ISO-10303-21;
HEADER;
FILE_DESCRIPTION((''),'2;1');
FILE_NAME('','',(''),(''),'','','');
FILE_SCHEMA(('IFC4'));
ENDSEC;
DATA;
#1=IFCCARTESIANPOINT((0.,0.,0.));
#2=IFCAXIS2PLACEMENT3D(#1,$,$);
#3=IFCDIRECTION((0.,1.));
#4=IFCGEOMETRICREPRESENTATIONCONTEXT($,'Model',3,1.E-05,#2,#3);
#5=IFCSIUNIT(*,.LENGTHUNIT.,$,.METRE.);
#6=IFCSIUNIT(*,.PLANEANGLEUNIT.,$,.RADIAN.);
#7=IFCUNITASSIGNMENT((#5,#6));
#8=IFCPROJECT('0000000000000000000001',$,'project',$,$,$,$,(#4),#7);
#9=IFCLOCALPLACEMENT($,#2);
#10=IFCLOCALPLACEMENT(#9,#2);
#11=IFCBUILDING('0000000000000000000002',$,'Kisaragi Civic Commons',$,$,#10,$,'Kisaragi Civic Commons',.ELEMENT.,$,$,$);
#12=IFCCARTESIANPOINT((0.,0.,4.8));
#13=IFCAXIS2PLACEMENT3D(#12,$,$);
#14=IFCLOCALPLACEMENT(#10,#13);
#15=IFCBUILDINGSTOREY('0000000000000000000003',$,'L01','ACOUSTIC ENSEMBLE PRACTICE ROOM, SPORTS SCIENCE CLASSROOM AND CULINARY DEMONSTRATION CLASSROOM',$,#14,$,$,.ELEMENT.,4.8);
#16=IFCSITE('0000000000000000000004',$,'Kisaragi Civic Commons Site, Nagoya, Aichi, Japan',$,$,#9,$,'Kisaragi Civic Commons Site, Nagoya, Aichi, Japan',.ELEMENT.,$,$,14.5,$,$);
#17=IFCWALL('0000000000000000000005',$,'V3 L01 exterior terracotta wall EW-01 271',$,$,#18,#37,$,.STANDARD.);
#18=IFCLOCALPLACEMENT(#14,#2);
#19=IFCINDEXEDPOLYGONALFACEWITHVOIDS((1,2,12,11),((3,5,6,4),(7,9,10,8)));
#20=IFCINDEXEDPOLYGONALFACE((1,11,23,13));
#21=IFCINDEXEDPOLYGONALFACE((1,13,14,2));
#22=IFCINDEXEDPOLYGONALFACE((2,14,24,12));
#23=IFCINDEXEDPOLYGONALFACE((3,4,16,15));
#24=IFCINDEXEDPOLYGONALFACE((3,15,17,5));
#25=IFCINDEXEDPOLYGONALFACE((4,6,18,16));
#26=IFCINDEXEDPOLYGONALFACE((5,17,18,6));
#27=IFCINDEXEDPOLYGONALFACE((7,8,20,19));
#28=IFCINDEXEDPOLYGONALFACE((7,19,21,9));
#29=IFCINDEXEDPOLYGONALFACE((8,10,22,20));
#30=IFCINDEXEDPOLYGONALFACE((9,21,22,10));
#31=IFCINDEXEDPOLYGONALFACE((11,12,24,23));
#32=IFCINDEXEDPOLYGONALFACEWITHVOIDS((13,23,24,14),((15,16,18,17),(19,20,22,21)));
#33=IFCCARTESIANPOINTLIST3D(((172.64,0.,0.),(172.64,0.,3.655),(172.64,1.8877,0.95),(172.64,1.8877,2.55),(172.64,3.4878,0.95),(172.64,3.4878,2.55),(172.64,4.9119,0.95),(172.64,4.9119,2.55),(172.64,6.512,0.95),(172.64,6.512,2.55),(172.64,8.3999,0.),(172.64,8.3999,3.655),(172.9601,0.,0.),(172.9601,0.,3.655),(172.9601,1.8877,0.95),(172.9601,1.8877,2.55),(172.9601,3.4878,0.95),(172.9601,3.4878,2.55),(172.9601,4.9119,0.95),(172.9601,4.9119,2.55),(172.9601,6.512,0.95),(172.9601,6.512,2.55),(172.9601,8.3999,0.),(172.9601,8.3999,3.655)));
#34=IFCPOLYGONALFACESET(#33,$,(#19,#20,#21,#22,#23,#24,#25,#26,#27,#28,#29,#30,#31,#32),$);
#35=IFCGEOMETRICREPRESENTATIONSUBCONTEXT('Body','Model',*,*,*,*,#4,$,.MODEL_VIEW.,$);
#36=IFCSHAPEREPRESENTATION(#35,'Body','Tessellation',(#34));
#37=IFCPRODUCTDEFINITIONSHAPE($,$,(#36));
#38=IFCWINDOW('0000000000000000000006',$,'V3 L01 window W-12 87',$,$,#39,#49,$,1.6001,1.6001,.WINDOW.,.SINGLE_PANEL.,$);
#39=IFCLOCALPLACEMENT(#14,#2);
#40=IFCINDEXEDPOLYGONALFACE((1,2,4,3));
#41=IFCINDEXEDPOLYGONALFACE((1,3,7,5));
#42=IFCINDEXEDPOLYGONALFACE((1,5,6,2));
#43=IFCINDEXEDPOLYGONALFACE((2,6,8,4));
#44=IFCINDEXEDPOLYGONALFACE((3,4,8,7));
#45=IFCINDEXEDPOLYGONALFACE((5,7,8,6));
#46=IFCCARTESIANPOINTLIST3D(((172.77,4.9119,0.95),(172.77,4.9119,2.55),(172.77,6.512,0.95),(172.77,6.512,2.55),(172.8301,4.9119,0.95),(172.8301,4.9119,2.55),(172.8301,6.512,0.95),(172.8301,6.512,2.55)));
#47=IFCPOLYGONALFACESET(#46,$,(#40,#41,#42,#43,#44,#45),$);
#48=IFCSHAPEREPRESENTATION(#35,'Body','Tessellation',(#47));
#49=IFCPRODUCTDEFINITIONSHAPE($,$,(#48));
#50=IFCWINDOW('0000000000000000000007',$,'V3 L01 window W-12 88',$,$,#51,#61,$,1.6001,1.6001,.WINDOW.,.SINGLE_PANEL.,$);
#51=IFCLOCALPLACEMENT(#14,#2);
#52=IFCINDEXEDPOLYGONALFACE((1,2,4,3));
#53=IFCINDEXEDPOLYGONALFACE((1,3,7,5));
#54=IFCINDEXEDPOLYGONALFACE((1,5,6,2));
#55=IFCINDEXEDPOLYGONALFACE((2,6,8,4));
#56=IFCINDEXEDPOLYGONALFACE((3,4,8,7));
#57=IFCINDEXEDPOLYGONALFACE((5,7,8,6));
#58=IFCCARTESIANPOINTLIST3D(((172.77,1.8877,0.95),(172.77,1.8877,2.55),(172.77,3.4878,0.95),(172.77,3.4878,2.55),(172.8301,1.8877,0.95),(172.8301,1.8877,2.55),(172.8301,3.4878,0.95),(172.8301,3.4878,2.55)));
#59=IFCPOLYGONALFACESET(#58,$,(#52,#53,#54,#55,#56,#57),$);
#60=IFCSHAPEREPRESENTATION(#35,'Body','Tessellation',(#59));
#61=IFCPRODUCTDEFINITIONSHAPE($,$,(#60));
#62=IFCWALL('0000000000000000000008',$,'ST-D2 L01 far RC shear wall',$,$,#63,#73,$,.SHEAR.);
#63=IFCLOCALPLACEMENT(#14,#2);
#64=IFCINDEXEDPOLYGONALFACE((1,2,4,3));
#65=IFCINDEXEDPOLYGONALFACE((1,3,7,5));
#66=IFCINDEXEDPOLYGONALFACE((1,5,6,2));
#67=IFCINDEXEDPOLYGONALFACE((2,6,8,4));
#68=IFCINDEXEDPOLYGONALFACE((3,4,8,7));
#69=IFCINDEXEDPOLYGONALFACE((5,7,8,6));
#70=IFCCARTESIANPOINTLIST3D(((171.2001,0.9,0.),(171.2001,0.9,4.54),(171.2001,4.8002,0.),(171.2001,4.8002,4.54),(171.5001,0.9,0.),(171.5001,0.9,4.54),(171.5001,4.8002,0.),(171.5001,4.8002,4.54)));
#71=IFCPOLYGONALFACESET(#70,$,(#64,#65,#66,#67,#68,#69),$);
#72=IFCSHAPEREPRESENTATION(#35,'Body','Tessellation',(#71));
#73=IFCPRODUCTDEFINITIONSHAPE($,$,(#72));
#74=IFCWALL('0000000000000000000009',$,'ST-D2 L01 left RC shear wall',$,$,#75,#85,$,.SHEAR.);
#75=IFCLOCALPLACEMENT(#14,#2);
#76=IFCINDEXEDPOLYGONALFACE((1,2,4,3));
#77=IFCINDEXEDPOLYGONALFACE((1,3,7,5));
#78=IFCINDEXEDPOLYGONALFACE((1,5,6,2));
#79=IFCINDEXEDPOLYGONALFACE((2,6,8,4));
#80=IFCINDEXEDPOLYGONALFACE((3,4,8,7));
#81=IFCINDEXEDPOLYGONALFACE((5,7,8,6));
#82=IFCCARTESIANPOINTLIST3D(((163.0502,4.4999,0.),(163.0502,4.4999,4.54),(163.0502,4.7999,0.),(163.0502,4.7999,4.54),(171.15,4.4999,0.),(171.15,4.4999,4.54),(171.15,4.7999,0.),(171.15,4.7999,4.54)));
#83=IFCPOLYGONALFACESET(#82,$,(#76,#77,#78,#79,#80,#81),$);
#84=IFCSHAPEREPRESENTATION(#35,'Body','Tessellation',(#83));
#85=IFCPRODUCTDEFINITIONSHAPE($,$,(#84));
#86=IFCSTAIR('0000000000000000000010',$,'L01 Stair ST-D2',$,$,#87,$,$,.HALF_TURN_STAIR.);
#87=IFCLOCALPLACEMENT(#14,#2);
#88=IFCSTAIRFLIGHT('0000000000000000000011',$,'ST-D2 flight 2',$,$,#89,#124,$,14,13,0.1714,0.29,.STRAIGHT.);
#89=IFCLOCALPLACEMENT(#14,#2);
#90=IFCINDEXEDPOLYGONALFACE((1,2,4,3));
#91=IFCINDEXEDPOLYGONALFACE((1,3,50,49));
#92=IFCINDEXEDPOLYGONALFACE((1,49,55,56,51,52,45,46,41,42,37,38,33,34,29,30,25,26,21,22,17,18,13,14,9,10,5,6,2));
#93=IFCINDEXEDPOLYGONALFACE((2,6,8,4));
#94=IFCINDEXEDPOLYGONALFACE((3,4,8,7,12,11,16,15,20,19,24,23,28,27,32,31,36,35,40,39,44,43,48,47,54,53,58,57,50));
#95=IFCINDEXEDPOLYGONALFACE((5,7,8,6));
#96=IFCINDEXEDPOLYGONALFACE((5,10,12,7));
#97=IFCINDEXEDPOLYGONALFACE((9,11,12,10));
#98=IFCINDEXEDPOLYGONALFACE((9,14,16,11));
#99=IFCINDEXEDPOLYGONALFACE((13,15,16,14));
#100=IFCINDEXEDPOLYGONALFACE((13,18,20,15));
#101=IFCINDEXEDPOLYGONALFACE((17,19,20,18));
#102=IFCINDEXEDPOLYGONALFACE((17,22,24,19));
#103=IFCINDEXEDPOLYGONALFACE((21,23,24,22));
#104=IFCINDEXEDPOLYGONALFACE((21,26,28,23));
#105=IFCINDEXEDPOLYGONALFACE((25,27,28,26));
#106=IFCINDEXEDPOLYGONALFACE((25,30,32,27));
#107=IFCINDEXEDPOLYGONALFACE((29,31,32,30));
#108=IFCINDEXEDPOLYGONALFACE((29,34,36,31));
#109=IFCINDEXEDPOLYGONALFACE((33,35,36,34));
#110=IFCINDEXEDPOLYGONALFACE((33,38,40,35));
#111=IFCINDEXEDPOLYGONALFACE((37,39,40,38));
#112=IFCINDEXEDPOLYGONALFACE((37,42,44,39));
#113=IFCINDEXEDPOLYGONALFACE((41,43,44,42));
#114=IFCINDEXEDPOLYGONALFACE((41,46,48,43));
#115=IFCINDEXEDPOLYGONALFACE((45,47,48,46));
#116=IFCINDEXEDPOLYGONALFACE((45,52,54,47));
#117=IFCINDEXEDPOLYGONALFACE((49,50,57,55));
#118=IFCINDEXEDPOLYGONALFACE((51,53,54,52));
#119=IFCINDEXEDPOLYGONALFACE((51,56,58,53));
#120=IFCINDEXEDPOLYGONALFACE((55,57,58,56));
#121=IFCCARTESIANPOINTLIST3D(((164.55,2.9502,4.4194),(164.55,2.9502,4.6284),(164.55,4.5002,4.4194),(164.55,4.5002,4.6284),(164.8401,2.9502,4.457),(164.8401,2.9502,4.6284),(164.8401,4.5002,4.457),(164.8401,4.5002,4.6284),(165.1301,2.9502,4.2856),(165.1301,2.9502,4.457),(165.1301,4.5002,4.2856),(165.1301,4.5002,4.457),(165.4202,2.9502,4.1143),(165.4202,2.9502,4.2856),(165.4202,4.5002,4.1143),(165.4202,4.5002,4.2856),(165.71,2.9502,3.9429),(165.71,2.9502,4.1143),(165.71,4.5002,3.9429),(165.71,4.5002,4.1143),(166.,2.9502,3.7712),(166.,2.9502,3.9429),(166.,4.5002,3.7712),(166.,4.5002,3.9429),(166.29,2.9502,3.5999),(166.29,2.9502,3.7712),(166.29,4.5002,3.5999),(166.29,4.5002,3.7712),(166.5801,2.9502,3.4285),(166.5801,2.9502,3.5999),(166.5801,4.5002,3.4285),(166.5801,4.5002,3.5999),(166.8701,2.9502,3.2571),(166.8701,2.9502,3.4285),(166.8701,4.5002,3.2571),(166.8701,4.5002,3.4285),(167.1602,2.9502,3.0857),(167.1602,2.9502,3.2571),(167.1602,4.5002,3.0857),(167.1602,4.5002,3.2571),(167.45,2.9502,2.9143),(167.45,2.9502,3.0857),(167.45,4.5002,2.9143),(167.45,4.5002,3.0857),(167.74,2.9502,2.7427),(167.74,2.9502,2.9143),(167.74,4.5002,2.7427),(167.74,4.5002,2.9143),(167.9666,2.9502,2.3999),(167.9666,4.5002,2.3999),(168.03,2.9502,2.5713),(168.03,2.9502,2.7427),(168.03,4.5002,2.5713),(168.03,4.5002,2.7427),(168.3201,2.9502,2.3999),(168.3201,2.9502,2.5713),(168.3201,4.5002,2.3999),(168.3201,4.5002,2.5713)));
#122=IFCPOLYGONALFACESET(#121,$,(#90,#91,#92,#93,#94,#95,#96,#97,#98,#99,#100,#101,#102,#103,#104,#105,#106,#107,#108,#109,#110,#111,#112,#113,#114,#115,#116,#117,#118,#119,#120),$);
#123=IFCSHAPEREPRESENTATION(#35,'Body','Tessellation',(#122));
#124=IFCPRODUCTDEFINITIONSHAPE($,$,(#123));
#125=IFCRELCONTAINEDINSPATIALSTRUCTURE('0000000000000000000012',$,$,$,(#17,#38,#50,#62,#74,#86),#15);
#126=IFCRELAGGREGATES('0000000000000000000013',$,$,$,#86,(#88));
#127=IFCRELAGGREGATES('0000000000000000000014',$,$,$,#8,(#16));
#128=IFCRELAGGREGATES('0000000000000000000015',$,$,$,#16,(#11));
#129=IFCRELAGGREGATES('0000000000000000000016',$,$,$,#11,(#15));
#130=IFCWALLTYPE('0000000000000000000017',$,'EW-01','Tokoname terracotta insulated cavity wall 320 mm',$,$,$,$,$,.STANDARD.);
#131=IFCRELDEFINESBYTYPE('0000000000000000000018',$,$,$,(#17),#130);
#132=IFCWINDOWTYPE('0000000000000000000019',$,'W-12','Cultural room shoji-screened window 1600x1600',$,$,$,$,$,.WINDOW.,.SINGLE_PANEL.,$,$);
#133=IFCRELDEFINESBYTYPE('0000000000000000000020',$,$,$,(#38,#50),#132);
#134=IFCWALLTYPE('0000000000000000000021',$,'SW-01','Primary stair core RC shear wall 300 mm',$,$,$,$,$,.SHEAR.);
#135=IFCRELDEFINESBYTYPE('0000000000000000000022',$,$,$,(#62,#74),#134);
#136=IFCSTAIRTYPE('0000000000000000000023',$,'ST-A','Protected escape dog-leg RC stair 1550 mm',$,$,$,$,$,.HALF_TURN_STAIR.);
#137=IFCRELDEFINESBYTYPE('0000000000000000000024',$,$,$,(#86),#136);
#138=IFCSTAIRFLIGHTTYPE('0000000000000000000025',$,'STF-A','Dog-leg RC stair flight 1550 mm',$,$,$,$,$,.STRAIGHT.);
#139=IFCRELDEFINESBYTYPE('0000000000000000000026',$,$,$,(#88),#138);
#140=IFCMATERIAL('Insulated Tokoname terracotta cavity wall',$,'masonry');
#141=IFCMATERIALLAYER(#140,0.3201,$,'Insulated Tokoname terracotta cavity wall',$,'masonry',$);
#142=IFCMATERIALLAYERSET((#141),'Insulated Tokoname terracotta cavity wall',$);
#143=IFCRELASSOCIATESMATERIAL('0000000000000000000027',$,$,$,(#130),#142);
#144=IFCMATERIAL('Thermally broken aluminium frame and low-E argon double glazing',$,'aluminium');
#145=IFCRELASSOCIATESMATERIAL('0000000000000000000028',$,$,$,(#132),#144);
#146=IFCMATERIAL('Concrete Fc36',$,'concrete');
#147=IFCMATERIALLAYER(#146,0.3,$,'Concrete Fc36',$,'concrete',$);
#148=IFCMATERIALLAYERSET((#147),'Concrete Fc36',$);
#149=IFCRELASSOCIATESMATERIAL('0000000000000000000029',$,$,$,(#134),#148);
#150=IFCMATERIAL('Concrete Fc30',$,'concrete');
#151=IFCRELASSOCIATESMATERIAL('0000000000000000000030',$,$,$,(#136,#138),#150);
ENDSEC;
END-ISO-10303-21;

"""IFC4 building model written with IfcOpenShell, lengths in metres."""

from ifc_helpers import new_model, si_unit, direction, frame, frame_2d, origin, place, context, subcontext, project, spatial, polyline, rectangle, outline, extrude, material, layer, layer_set, type_object, element, fill, aggregate, save


model = new_model("IFC4")

# Units and contexts
model_context = context("Model", 3, precision=1e-05, world=origin(), true_north=direction((0.0, 1.0)))
body_context = subcontext(model_context, "Body", "Model", "MODEL_VIEW")
ifc_project = project(units=[si_unit("LENGTHUNIT", "METRE"), si_unit("PLANEANGLEUNIT", "RADIAN")], contexts=[model_context])

# Site, building, storey
site_placement = place(None, origin())
site = spatial("IfcSite", under=ifc_project, at=site_placement, Name="Kisaragi Civic Commons Site, Nagoya, Aichi, Japan", LongName="Kisaragi Civic Commons Site, Nagoya, Aichi, Japan", CompositionType="ELEMENT", RefElevation=14.5)
building_placement = place(site_placement, origin())
building = spatial("IfcBuilding", under=site, at=building_placement, Name="Kisaragi Civic Commons", LongName="Kisaragi Civic Commons", CompositionType="ELEMENT")
storey_placement = place(building_placement, frame((0.0, 0.0, 4.8)))
storey = spatial("IfcBuildingStorey", under=building, at=storey_placement, Name="L01", Description="ACOUSTIC ENSEMBLE PRACTICE ROOM, SPORTS SCIENCE CLASSROOM AND CULINARY DEMONSTRATION CLASSROOM", CompositionType="ELEMENT", Elevation=4.8)

# Shared definitions
ifc_material_1 = material(Name="Concrete Fc36", Category="concrete")

# Shared definitions
ifc_material_2 = material(Name="Concrete Fc30", Category="concrete")

# Wall, openings, windows
ifc_material_3 = material(Name="Insulated Tokoname terracotta cavity wall", Category="masonry")
ifc_layer_1 = layer(ifc_material_3, 0.3201, Name="Insulated Tokoname terracotta cavity wall", Category="masonry")
ifc_layer_set_1 = layer_set([ifc_layer_1], Name="Insulated Tokoname terracotta cavity wall")
wall_type_1 = type_object("IfcWallType", Name="EW-01", Description="Tokoname terracotta insulated cavity wall 320 mm", PredefinedType="STANDARD", material=ifc_layer_set_1)
wall_1_placement = place(storey_placement, frame((172.8, 8.3999, 0.0), z_axis=(0.0, 0.0, 1.0), x_axis=(0.0, -1.0, 0.0)))
wall_1 = element("IfcWall", 1, at=wall_1_placement, inside=storey, type_object=wall_type_1, Name="V3 L01 exterior terracotta wall EW-01 271", PredefinedType="STANDARD", context=body_context, shape_type="SweptSolid", body=[
    extrude(rectangle(XDim=8.3999, YDim=0.3201, at=frame_2d((4.2, 0.0))), origin(), (0.0, 0.0, 1.0), 3.655),
])
opening_1_placement = place(wall_1_placement, frame((1.8879, 0.0, 0.95)))
opening_1 = element("IfcOpeningElement", 2, at=opening_1_placement, cuts=wall_1, PredefinedType="OPENING", context=body_context, shape_type="SweptSolid", body=[
    extrude(rectangle(XDim=1.6001, YDim=1.6001, at=frame_2d((0.8, 0.8))), frame((0.0, 0.1699, 0.0), z_axis=(0.0, -1.0, 0.0), x_axis=(1.0, 0.0, 0.0)), (0.0, 0.0, 1.0), 0.3401),
])
opening_2_placement = place(wall_1_placement, frame((4.9121, 0.0, 0.95)))
opening_2 = element("IfcOpeningElement", 3, at=opening_2_placement, cuts=wall_1, PredefinedType="OPENING", context=body_context, shape_type="SweptSolid", body=[
    extrude(rectangle(XDim=1.6001, YDim=1.6001, at=frame_2d((0.8, 0.8))), frame((0.0, 0.1699, 0.0), z_axis=(0.0, -1.0, 0.0), x_axis=(1.0, 0.0, 0.0)), (0.0, 0.0, 1.0), 0.3401),
])
ifc_material_4 = material(Name="Thermally broken aluminium frame and low-E argon double glazing", Category="aluminium")
window_type = type_object("IfcWindowType", Name="W-12", Description="Cultural room shoji-screened window 1600x1600", PartitioningType="SINGLE_PANEL", PredefinedType="WINDOW", material=ifc_material_4)
window_1_placement = place(opening_1_placement, origin())
window_1 = element("IfcWindow", 4, at=window_1_placement, inside=storey, type_object=window_type, Name="V3 L01 window W-12 87", OverallHeight=1.6001, OverallWidth=1.6001, PartitioningType="SINGLE_PANEL", PredefinedType="WINDOW", context=body_context, shape_type="SweptSolid", body=[
    extrude(rectangle(XDim=1.6001, YDim=1.6001, at=frame_2d((0.8, 0.8))), frame((0.0, 0.03, 0.0), z_axis=(0.0, -1.0, 0.0), x_axis=(1.0, 0.0, 0.0)), (0.0, 0.0, 1.0), 0.0601),
])
fill(opening_1, window_1)
window_2_placement = place(opening_2_placement, origin())
window_2 = element("IfcWindow", 5, at=window_2_placement, inside=storey, type_object=window_type, Name="V3 L01 window W-12 88", OverallHeight=1.6001, OverallWidth=1.6001, PartitioningType="SINGLE_PANEL", PredefinedType="WINDOW", context=body_context, shape_type="SweptSolid", body=[
    extrude(rectangle(XDim=1.6001, YDim=1.6001, at=frame_2d((0.8, 0.8))), frame((0.0, 0.03, 0.0), z_axis=(0.0, -1.0, 0.0), x_axis=(1.0, 0.0, 0.0)), (0.0, 0.0, 1.0), 0.0601),
])
fill(opening_2, window_2)

# Walls
ifc_layer_2 = layer(ifc_material_1, 0.3, Name="Concrete Fc36", Category="concrete")
ifc_layer_set_2 = layer_set([ifc_layer_2], Name="Concrete Fc36")
wall_type_2 = type_object("IfcWallType", Name="SW-01", Description="Primary stair core RC shear wall 300 mm", PredefinedType="SHEAR", material=ifc_layer_set_2)
wall_2_placement = place(storey_placement, frame((171.3501, 0.8999, 0.0), z_axis=(0.0, 0.0, 1.0), x_axis=(0.0, 1.0, 0.0)))
element("IfcWall", 6, at=wall_2_placement, inside=storey, type_object=wall_type_2, Name="ST-D2 L01 far RC shear wall", PredefinedType="SHEAR", context=body_context, shape_type="SweptSolid", body=[
    extrude(rectangle(XDim=3.9001, YDim=0.3, at=frame_2d((1.9502, 0.0))), origin(), (0.0, 0.0, 1.0), 4.54),
])
wall_3_placement = place(storey_placement, frame((171.1499, 4.6499, 0.0), z_axis=(0.0, 0.0, 1.0), x_axis=(-1.0, 0.0, 0.0)))
element("IfcWall", 7, at=wall_3_placement, inside=storey, type_object=wall_type_2, Name="ST-D2 L01 left RC shear wall", PredefinedType="SHEAR", context=body_context, shape_type="SweptSolid", body=[
    extrude(rectangle(XDim=8.0999, YDim=0.3, at=frame_2d((4.0498, 0.0))), origin(), (0.0, 0.0, 1.0), 4.54),
])

# Stair, stair flight
stair_type = type_object("IfcStairType", Name="ST-A", Description="Protected escape dog-leg RC stair 1550 mm", PredefinedType="HALF_TURN_STAIR", material=ifc_material_2)
stair_placement = place(storey_placement, origin())
stair = element("IfcStair", 8, at=stair_placement, inside=storey, type_object=stair_type, Name="L01 Stair ST-D2", PredefinedType="HALF_TURN_STAIR")
stair_flight_type = type_object("IfcStairFlightType", Name="STF-A", Description="Dog-leg RC stair flight 1550 mm", PredefinedType="STRAIGHT", material=ifc_material_2)
stair_flight_placement = place(storey_placement, frame((168.3201, 3.7251, 2.3999), z_axis=(0.0, 0.0, 1.0), x_axis=(-1.0, 0.0, 0.0)))
stair_flight = element("IfcStairFlight", 9, at=stair_flight_placement, type_object=stair_flight_type, Name="ST-D2 flight 2", NumberOfRisers=14, NumberOfTreads=13, PredefinedType="STRAIGHT", RiserHeight=0.1714, TreadLength=0.29, context=body_context, shape_type="SweptSolid", body=[
    extrude(outline(polyline([(0.0, 0.0), (0.0, 0.1714), (0.29, 0.1714), (0.29, 0.3428), (0.5801, 0.3428), (0.5801, 0.5144), (0.8701, 0.5144), (0.8701, 0.6858), (1.1599, 0.6858), (1.1599, 0.8572), (1.45, 0.8572), (1.45, 1.0286), (1.74, 1.0286), (1.74, 1.2), (2.03, 1.2), (2.03, 1.3713), (2.3201, 1.3713), (2.3201, 1.543), (2.6101, 1.543), (2.6101, 1.7144), (2.8999, 1.7144), (2.8999, 1.8857), (3.1899, 1.8857), (3.1899, 2.0571), (3.48, 2.0571), (3.48, 2.2285), (3.77, 2.2285), (3.77, 2.3999), (3.77, 2.0195), (0.3535, 0.0), (0.0, 0.0)])), frame((0.0, 0.7749, 0.0), z_axis=(0.0, -1.0, 0.0), x_axis=(1.0, 0.0, 0.0)), (0.0, 0.0, 1.0), 1.55),
])
aggregate(stair, [stair_flight])

save(model, "model.ifc")
